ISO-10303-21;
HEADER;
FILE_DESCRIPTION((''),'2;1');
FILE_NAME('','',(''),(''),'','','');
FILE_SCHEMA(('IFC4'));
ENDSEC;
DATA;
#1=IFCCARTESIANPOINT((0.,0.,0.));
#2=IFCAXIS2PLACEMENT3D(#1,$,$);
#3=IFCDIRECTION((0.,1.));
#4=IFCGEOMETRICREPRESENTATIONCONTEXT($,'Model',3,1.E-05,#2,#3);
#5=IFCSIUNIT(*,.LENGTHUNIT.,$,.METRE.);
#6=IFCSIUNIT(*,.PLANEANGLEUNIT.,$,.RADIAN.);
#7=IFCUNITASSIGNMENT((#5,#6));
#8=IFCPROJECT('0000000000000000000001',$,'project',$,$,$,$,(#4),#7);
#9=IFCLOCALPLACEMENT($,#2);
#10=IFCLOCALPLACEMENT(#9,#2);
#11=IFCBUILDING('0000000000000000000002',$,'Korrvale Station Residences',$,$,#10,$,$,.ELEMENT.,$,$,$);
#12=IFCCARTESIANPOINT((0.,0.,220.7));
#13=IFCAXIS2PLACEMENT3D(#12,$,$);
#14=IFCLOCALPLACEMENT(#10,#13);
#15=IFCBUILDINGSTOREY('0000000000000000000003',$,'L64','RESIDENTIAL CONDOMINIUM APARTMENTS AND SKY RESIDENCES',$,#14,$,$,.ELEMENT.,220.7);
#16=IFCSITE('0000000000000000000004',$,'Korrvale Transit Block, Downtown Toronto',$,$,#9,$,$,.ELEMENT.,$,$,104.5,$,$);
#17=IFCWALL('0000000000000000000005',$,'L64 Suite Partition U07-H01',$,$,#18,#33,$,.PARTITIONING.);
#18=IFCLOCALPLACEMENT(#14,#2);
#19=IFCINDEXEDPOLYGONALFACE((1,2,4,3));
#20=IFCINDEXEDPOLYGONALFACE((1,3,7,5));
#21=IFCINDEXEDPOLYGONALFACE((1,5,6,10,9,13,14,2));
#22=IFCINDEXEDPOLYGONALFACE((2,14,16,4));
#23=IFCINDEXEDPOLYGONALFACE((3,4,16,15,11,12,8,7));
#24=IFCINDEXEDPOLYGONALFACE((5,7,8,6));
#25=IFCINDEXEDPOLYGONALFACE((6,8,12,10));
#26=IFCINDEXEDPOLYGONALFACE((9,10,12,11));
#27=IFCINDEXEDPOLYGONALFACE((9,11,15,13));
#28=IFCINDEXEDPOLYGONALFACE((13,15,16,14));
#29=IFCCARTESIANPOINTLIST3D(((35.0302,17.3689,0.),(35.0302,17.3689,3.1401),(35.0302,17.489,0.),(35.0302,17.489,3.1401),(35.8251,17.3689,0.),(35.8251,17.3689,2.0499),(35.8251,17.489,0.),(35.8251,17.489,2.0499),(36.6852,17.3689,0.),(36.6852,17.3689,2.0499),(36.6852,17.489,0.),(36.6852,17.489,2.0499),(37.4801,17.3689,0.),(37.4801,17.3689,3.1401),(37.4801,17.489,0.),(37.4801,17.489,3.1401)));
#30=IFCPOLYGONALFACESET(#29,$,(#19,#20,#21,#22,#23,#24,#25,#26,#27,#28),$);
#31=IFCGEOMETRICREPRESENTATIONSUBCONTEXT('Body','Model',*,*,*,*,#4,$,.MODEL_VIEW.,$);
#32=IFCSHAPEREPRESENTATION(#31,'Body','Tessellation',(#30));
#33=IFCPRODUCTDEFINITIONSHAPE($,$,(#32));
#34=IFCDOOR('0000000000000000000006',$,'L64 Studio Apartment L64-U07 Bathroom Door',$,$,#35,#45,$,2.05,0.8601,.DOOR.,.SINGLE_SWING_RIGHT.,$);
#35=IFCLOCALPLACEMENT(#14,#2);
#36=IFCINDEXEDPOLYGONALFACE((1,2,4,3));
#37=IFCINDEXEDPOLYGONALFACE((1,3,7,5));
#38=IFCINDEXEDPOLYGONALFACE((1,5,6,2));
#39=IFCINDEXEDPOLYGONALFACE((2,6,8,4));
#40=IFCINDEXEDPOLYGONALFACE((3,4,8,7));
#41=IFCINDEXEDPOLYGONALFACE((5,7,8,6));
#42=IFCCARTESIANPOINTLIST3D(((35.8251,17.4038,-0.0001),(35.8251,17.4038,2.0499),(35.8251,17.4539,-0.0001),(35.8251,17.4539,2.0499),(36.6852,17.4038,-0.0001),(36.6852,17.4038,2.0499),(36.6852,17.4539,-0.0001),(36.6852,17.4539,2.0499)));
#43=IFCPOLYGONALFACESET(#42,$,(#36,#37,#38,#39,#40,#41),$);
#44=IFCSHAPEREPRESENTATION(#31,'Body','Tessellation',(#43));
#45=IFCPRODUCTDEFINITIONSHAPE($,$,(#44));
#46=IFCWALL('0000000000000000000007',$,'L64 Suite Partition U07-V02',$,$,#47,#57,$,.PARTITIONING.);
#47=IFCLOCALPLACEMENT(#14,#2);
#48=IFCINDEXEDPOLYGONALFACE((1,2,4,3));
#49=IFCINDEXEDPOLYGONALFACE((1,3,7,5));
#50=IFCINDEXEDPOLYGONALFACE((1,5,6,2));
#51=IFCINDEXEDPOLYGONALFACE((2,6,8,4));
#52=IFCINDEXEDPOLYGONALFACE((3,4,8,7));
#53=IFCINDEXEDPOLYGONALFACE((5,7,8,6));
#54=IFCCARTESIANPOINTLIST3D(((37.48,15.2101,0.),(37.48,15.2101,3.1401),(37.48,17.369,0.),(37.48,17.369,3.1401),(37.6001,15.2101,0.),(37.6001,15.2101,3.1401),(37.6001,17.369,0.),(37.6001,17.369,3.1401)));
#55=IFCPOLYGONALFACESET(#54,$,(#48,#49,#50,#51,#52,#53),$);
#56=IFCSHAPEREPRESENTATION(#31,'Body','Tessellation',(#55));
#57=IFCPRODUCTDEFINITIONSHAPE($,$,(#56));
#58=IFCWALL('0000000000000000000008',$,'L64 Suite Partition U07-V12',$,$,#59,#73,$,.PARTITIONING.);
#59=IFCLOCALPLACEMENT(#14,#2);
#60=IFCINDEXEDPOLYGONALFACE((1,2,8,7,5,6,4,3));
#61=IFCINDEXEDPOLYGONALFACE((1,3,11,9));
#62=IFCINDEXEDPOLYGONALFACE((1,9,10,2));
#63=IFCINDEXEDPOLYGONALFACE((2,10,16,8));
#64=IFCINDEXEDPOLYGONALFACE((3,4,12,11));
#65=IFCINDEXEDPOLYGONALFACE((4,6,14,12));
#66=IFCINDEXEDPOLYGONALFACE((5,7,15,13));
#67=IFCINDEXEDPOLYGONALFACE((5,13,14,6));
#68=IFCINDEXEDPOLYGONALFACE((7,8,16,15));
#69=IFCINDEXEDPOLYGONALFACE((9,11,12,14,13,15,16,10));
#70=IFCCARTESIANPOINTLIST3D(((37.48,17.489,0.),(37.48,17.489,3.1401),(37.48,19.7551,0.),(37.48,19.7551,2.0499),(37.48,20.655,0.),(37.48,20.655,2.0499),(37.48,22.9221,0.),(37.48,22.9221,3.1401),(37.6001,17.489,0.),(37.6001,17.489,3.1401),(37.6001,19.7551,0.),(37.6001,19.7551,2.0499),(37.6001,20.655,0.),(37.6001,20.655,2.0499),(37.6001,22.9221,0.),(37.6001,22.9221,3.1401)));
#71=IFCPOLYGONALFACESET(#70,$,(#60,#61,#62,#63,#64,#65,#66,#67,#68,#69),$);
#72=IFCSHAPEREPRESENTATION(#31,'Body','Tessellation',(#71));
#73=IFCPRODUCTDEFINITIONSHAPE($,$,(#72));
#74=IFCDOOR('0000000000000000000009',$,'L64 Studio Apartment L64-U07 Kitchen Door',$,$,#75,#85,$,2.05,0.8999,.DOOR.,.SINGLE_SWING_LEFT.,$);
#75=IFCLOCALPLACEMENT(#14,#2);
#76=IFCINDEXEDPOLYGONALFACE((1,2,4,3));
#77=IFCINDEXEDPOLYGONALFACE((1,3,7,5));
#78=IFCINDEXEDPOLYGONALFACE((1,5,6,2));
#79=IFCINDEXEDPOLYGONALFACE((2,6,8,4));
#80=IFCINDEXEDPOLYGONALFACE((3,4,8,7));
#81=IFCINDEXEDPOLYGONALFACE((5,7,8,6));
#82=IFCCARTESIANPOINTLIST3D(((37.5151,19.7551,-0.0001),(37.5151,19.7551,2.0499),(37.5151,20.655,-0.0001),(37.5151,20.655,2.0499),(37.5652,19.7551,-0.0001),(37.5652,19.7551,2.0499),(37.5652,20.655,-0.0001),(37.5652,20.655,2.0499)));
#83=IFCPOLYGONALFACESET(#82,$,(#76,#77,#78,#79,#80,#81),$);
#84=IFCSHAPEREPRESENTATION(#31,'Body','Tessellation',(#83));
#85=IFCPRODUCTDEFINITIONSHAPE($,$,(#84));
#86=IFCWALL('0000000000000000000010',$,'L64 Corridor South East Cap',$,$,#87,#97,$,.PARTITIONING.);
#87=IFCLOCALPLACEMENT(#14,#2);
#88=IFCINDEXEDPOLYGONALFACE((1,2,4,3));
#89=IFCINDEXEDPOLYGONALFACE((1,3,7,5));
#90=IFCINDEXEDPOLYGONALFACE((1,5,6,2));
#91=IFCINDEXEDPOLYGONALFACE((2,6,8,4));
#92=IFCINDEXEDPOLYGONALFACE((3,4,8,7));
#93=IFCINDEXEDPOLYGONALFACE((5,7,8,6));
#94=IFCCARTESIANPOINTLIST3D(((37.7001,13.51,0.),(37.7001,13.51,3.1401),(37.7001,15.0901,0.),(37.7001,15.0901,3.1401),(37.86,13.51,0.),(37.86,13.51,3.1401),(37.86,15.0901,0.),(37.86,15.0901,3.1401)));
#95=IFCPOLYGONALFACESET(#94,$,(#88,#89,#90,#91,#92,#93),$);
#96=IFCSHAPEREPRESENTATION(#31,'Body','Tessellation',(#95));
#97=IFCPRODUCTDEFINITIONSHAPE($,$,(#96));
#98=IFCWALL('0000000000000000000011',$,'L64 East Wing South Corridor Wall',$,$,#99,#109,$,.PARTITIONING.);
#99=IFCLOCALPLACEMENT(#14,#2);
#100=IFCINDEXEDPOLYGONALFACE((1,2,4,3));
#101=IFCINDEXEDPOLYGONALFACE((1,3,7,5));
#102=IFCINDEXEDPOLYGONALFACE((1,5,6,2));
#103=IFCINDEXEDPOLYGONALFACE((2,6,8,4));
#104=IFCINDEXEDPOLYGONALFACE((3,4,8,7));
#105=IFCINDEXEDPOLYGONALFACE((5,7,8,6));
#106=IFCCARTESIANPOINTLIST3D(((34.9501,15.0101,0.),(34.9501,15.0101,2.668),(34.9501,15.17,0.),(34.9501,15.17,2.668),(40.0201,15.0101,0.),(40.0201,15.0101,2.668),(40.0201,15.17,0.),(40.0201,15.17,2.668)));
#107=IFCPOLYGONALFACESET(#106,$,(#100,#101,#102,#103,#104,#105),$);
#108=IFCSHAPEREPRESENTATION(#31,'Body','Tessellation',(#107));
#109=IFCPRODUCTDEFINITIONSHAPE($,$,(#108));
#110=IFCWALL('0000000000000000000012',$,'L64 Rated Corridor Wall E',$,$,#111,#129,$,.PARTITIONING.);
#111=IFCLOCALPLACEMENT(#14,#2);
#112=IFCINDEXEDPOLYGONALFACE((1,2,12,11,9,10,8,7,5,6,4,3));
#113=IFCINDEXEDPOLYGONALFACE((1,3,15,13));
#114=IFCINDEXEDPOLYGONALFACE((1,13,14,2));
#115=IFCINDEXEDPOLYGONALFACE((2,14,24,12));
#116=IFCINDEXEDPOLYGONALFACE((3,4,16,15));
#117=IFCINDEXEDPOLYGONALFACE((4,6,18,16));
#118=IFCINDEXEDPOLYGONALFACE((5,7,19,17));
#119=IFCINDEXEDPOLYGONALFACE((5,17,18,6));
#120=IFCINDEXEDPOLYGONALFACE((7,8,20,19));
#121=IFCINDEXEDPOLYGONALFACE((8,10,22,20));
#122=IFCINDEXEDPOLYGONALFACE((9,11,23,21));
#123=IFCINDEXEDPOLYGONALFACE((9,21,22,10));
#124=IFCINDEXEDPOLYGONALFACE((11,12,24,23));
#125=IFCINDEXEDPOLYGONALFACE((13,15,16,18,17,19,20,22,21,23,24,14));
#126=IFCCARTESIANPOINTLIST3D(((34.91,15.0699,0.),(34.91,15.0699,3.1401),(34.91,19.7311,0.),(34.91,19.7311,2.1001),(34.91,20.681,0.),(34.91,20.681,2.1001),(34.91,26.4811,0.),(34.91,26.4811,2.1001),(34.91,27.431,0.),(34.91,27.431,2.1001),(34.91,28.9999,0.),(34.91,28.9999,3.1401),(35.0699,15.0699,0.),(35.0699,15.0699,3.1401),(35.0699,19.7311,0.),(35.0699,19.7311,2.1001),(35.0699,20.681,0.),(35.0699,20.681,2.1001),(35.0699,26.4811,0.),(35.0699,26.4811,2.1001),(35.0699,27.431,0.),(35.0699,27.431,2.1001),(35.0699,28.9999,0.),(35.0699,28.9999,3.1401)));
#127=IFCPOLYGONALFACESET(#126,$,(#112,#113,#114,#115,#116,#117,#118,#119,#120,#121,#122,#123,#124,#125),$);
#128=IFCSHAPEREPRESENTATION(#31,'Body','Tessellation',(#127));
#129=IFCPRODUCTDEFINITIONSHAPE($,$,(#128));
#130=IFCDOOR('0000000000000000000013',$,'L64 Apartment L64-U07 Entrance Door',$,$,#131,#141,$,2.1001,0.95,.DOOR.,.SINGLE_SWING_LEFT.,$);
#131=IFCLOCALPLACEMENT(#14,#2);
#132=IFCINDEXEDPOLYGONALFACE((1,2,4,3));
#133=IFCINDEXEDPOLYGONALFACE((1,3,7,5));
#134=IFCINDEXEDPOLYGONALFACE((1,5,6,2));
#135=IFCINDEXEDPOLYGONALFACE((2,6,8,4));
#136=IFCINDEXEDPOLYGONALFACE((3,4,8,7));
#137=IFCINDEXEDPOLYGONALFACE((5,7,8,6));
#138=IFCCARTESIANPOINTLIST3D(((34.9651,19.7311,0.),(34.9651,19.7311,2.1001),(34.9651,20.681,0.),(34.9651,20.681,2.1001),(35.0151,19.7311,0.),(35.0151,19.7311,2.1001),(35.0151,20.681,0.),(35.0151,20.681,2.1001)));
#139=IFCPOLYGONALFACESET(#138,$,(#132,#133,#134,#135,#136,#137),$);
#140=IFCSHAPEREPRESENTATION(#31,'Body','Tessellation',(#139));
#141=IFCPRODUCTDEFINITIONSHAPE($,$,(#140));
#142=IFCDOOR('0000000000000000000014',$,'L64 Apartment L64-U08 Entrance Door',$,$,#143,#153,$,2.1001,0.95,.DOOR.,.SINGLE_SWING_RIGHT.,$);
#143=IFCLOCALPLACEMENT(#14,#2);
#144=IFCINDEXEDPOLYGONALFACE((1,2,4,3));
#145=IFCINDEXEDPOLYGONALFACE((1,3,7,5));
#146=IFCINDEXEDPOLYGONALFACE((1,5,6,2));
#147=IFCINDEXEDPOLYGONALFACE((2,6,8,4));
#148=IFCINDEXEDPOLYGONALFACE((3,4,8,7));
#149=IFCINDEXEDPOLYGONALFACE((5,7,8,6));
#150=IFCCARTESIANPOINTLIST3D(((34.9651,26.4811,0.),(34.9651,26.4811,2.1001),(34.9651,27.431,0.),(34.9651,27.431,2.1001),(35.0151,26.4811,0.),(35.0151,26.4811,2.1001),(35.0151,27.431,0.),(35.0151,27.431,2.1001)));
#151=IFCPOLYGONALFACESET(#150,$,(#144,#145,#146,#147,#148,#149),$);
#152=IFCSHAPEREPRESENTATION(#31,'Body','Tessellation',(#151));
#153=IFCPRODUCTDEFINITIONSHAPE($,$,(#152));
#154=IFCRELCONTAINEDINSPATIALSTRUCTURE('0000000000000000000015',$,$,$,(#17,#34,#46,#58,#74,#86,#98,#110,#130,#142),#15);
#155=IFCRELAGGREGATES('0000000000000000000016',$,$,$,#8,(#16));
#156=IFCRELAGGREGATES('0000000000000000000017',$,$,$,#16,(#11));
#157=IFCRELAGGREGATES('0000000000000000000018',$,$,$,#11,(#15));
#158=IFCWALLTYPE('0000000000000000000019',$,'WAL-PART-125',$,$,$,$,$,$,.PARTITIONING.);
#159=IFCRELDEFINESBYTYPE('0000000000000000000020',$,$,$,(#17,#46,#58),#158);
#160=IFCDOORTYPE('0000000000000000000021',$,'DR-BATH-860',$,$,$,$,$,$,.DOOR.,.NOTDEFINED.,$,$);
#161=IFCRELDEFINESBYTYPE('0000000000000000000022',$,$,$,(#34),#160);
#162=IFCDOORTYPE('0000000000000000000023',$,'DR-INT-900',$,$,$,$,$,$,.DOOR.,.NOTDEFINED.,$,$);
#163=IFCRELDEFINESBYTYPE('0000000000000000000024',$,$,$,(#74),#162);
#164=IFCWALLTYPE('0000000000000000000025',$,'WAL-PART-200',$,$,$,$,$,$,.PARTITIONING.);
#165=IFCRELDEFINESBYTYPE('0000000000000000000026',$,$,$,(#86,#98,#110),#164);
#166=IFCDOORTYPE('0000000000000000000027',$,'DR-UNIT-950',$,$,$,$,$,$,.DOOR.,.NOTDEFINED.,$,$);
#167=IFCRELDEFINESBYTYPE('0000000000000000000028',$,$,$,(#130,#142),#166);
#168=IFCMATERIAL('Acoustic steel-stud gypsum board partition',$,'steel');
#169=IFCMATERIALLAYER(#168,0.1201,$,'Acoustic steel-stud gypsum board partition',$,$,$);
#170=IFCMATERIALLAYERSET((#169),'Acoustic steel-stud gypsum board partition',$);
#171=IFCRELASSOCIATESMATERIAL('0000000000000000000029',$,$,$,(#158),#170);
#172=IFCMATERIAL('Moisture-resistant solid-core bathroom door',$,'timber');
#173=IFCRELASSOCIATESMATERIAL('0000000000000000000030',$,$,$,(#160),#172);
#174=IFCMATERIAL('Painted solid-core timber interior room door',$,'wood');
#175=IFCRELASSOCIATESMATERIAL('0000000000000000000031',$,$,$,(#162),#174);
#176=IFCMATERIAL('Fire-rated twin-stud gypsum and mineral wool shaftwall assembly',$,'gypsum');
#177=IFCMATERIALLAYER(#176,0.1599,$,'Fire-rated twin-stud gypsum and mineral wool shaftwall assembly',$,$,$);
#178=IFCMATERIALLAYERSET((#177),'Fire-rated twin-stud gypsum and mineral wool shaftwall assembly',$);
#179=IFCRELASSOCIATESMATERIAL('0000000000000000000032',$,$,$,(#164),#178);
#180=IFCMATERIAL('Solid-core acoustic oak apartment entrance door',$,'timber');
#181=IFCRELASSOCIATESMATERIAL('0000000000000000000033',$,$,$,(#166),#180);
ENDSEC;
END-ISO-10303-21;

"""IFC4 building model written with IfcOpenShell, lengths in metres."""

from ifc_helpers import new_model, si_unit, direction, frame, frame_2d, origin, place, context, subcontext, project, spatial, rectangle, extrude, material, layer, layer_set, type_object, element, fill, save


model = new_model("IFC4")

# Units and contexts
model_context = context("Model", 3, precision=1e-05, world=origin(), true_north=direction((0.0, 1.0)))
body_context = subcontext(model_context, "Body", "Model", "MODEL_VIEW")
ifc_project = project(units=[si_unit("LENGTHUNIT", "METRE"), si_unit("PLANEANGLEUNIT", "RADIAN")], contexts=[model_context])

# Site, building, storey
site_placement = place(None, origin())
site = spatial("IfcSite", under=ifc_project, at=site_placement, Name="Korrvale Transit Block, Downtown Toronto", CompositionType="ELEMENT", RefElevation=104.5)
building_placement = place(site_placement, origin())
building = spatial("IfcBuilding", under=site, at=building_placement, Name="Korrvale Station Residences", CompositionType="ELEMENT")
storey_placement = place(building_placement, frame((0.0, 0.0, 220.7)))
storey = spatial("IfcBuildingStorey", under=building, at=storey_placement, Name="L64", Description="RESIDENTIAL CONDOMINIUM APARTMENTS AND SKY RESIDENCES", CompositionType="ELEMENT", Elevation=220.7)

# Wall, opening, door
ifc_material_1 = material(Name="Acoustic steel-stud gypsum board partition", Category="steel")
ifc_layer_1 = layer(ifc_material_1, 0.1201, Name="Acoustic steel-stud gypsum board partition")
ifc_layer_set_1 = layer_set([ifc_layer_1], Name="Acoustic steel-stud gypsum board partition")
wall_type_1 = type_object("IfcWallType", Name="WAL-PART-125", PredefinedType="PARTITIONING", material=ifc_layer_set_1)
wall_1_placement = place(storey_placement, frame((35.03, 17.429, 0.0), z_axis=(0.0, 0.0, 1.0), x_axis=(1.0, 0.0, 0.0)))
wall_1 = element("IfcWall", 1, at=wall_1_placement, inside=storey, type_object=wall_type_1, Name="L64 Suite Partition U07-H01", PredefinedType="PARTITIONING", context=body_context, shape_type="SweptSolid", body=[
    extrude(rectangle(XDim=2.45, YDim=0.1201, at=frame_2d((1.2251, 0.0))), origin(), (0.0, 0.0, 1.0), 3.1401),
])
opening_1_placement = place(wall_1_placement, frame((0.7949, 0.0, 0.0)))
opening_1 = element("IfcOpeningElement", 2, at=opening_1_placement, cuts=wall_1, PredefinedType="OPENING", context=body_context, shape_type="SweptSolid", body=[
    extrude(rectangle(XDim=0.8601, YDim=2.05, at=frame_2d((0.4302, 1.0249))), frame((0.0, 0.0701, 0.0), z_axis=(0.0, -1.0, 0.0), x_axis=(1.0, 0.0, 0.0)), (0.0, 0.0, 1.0), 0.1401),
])
ifc_material_2 = material(Name="Moisture-resistant solid-core bathroom door", Category="timber")
door_type_1 = type_object("IfcDoorType", Name="DR-BATH-860", OperationType="NOTDEFINED", PredefinedType="DOOR", material=ifc_material_2)
door_1_placement = place(opening_1_placement, origin())
door_1 = element("IfcDoor", 3, at=door_1_placement, inside=storey, type_object=door_type_1, Name="L64 Studio Apartment L64-U07 Bathroom Door", OperationType="SINGLE_SWING_RIGHT", OverallHeight=2.05, OverallWidth=0.8601, PredefinedType="DOOR", context=body_context, shape_type="SweptSolid", body=[
    extrude(rectangle(XDim=0.8601, YDim=2.05, at=frame_2d((0.4302, 1.0249))), frame((0.0, 0.0249, 0.0), z_axis=(0.0, -1.0, 0.0), x_axis=(1.0, 0.0, 0.0)), (0.0, 0.0, 1.0), 0.05),
])
fill(opening_1, door_1)

# Wall
wall_2_placement = place(storey_placement, frame((37.54, 15.21, 0.0), z_axis=(0.0, 0.0, 1.0), x_axis=(0.0, 1.0, 0.0)))
element("IfcWall", 4, at=wall_2_placement, inside=storey, type_object=wall_type_1, Name="L64 Suite Partition U07-V02", PredefinedType="PARTITIONING", context=body_context, shape_type="SweptSolid", body=[
    extrude(rectangle(XDim=2.1589, YDim=0.1201, at=frame_2d((1.0796, 0.0))), origin(), (0.0, 0.0, 1.0), 3.1401),
])

# Wall, opening, door
wall_3_placement = place(storey_placement, frame((37.54, 17.489, 0.0), z_axis=(0.0, 0.0, 1.0), x_axis=(0.0, 1.0, 0.0)))
wall_3 = element("IfcWall", 5, at=wall_3_placement, inside=storey, type_object=wall_type_1, Name="L64 Suite Partition U07-V12", PredefinedType="PARTITIONING", context=body_context, shape_type="SweptSolid", body=[
    extrude(rectangle(XDim=5.4331, YDim=0.1201, at=frame_2d((2.7166, 0.0))), origin(), (0.0, 0.0, 1.0), 3.1401),
])
opening_2_placement = place(wall_3_placement, frame((2.2661, 0.0, 0.0)))
opening_2 = element("IfcOpeningElement", 6, at=opening_2_placement, cuts=wall_3, PredefinedType="OPENING", context=body_context, shape_type="SweptSolid", body=[
    extrude(rectangle(XDim=0.8999, YDim=2.05, at=frame_2d((0.45, 1.0249))), frame((0.0, 0.0701, 0.0), z_axis=(0.0, -1.0, 0.0), x_axis=(1.0, 0.0, 0.0)), (0.0, 0.0, 1.0), 0.1401),
])
ifc_material_3 = material(Name="Painted solid-core timber interior room door", Category="wood")
door_type_2 = type_object("IfcDoorType", Name="DR-INT-900", OperationType="NOTDEFINED", PredefinedType="DOOR", material=ifc_material_3)
door_2_placement = place(opening_2_placement, origin())
door_2 = element("IfcDoor", 7, at=door_2_placement, inside=storey, type_object=door_type_2, Name="L64 Studio Apartment L64-U07 Kitchen Door", OperationType="SINGLE_SWING_LEFT", OverallHeight=2.05, OverallWidth=0.8999, PredefinedType="DOOR", context=body_context, shape_type="SweptSolid", body=[
    extrude(rectangle(XDim=0.8999, YDim=2.05, at=frame_2d((0.45, 1.0249))), frame((0.0, 0.0249, 0.0), z_axis=(0.0, -1.0, 0.0), x_axis=(1.0, 0.0, 0.0)), (0.0, 0.0, 1.0), 0.05),
])
fill(opening_2, door_2)

# Walls
ifc_material_4 = material(Name="Fire-rated twin-stud gypsum and mineral wool shaftwall assembly", Category="gypsum")
ifc_layer_2 = layer(ifc_material_4, 0.1599, Name="Fire-rated twin-stud gypsum and mineral wool shaftwall assembly")
ifc_layer_set_2 = layer_set([ifc_layer_2], Name="Fire-rated twin-stud gypsum and mineral wool shaftwall assembly")
wall_type_2 = type_object("IfcWallType", Name="WAL-PART-200", PredefinedType="PARTITIONING", material=ifc_layer_set_2)
wall_4_placement = place(storey_placement, frame((37.78, 13.51, 0.0), z_axis=(0.0, 0.0, 1.0), x_axis=(0.0, 1.0, 0.0)))
element("IfcWall", 8, at=wall_4_placement, inside=storey, type_object=wall_type_2, Name="L64 Corridor South East Cap", PredefinedType="PARTITIONING", context=body_context, shape_type="SweptSolid", body=[
    extrude(rectangle(XDim=1.5801, YDim=0.1599, at=frame_2d((0.79, 0.0))), origin(), (0.0, 0.0, 1.0), 3.1401),
])
wall_5_placement = place(storey_placement, frame((34.95, 15.0901, 0.0), z_axis=(0.0, 0.0, 1.0), x_axis=(1.0, 0.0, 0.0)))
element("IfcWall", 9, at=wall_5_placement, inside=storey, type_object=wall_type_2, Name="L64 East Wing South Corridor Wall", PredefinedType="PARTITIONING", context=body_context, shape_type="SweptSolid", body=[
    extrude(rectangle(XDim=5.0701, YDim=0.1599, at=frame_2d((2.5352, 0.0))), origin(), (0.0, 0.0, 1.0), 2.668),
])

# Wall, openings, doors
wall_6_placement = place(storey_placement, frame((34.99, 15.0701, 0.0), z_axis=(0.0, 0.0, 1.0), x_axis=(0.0, 1.0, 0.0)))
wall_6 = element("IfcWall", 10, at=wall_6_placement, inside=storey, type_object=wall_type_2, Name="L64 Rated Corridor Wall E", PredefinedType="PARTITIONING", context=body_context, shape_type="SweptSolid", body=[
    extrude(rectangle(XDim=13.9299, YDim=0.1599, at=frame_2d((6.9648, 0.0))), origin(), (0.0, 0.0, 1.0), 3.1401),
])
opening_3_placement = place(wall_6_placement, frame((4.6609, 0.0, 0.0)))
opening_3 = element("IfcOpeningElement", 11, at=opening_3_placement, cuts=wall_6, PredefinedType="OPENING", context=body_context, shape_type="SweptSolid", body=[
    extrude(rectangle(XDim=0.95, YDim=2.1001, at=frame_2d((0.4751, 1.05))), frame((0.0, 0.0898, 0.0), z_axis=(0.0, -1.0, 0.0), x_axis=(1.0, 0.0, 0.0)), (0.0, 0.0, 1.0), 0.1799),
])
opening_4_placement = place(wall_6_placement, frame((11.4109, 0.0, 0.0)))
opening_4 = element("IfcOpeningElement", 12, at=opening_4_placement, cuts=wall_6, PredefinedType="OPENING", context=body_context, shape_type="SweptSolid", body=[
    extrude(rectangle(XDim=0.95, YDim=2.1001, at=frame_2d((0.4751, 1.05))), frame((0.0, 0.0898, 0.0), z_axis=(0.0, -1.0, 0.0), x_axis=(1.0, 0.0, 0.0)), (0.0, 0.0, 1.0), 0.1799),
])
ifc_material_5 = material(Name="Solid-core acoustic oak apartment entrance door", Category="timber")
door_type_3 = type_object("IfcDoorType", Name="DR-UNIT-950", OperationType="NOTDEFINED", PredefinedType="DOOR", material=ifc_material_5)
door_3_placement = place(opening_3_placement, origin())
door_3 = element("IfcDoor", 13, at=door_3_placement, inside=storey, type_object=door_type_3, Name="L64 Apartment L64-U07 Entrance Door", OperationType="SINGLE_SWING_LEFT", OverallHeight=2.1001, OverallWidth=0.95, PredefinedType="DOOR", context=body_context, shape_type="SweptSolid", body=[
    extrude(rectangle(XDim=0.95, YDim=2.1001, at=frame_2d((0.4751, 1.05))), frame((0.0, 0.0249, 0.0), z_axis=(0.0, -1.0, 0.0), x_axis=(1.0, 0.0, 0.0)), (0.0, 0.0, 1.0), 0.05),
])
fill(opening_3, door_3)
door_4_placement = place(opening_4_placement, origin())
door_4 = element("IfcDoor", 14, at=door_4_placement, inside=storey, type_object=door_type_3, Name="L64 Apartment L64-U08 Entrance Door", OperationType="SINGLE_SWING_RIGHT", OverallHeight=2.1001, OverallWidth=0.95, PredefinedType="DOOR", context=body_context, shape_type="SweptSolid", body=[
    extrude(rectangle(XDim=0.95, YDim=2.1001, at=frame_2d((0.4751, 1.05))), frame((0.0, 0.0249, 0.0), z_axis=(0.0, -1.0, 0.0), x_axis=(1.0, 0.0, 0.0)), (0.0, 0.0, 1.0), 0.05),
])
fill(opening_4, door_4)

save(model, "model.ifc")
